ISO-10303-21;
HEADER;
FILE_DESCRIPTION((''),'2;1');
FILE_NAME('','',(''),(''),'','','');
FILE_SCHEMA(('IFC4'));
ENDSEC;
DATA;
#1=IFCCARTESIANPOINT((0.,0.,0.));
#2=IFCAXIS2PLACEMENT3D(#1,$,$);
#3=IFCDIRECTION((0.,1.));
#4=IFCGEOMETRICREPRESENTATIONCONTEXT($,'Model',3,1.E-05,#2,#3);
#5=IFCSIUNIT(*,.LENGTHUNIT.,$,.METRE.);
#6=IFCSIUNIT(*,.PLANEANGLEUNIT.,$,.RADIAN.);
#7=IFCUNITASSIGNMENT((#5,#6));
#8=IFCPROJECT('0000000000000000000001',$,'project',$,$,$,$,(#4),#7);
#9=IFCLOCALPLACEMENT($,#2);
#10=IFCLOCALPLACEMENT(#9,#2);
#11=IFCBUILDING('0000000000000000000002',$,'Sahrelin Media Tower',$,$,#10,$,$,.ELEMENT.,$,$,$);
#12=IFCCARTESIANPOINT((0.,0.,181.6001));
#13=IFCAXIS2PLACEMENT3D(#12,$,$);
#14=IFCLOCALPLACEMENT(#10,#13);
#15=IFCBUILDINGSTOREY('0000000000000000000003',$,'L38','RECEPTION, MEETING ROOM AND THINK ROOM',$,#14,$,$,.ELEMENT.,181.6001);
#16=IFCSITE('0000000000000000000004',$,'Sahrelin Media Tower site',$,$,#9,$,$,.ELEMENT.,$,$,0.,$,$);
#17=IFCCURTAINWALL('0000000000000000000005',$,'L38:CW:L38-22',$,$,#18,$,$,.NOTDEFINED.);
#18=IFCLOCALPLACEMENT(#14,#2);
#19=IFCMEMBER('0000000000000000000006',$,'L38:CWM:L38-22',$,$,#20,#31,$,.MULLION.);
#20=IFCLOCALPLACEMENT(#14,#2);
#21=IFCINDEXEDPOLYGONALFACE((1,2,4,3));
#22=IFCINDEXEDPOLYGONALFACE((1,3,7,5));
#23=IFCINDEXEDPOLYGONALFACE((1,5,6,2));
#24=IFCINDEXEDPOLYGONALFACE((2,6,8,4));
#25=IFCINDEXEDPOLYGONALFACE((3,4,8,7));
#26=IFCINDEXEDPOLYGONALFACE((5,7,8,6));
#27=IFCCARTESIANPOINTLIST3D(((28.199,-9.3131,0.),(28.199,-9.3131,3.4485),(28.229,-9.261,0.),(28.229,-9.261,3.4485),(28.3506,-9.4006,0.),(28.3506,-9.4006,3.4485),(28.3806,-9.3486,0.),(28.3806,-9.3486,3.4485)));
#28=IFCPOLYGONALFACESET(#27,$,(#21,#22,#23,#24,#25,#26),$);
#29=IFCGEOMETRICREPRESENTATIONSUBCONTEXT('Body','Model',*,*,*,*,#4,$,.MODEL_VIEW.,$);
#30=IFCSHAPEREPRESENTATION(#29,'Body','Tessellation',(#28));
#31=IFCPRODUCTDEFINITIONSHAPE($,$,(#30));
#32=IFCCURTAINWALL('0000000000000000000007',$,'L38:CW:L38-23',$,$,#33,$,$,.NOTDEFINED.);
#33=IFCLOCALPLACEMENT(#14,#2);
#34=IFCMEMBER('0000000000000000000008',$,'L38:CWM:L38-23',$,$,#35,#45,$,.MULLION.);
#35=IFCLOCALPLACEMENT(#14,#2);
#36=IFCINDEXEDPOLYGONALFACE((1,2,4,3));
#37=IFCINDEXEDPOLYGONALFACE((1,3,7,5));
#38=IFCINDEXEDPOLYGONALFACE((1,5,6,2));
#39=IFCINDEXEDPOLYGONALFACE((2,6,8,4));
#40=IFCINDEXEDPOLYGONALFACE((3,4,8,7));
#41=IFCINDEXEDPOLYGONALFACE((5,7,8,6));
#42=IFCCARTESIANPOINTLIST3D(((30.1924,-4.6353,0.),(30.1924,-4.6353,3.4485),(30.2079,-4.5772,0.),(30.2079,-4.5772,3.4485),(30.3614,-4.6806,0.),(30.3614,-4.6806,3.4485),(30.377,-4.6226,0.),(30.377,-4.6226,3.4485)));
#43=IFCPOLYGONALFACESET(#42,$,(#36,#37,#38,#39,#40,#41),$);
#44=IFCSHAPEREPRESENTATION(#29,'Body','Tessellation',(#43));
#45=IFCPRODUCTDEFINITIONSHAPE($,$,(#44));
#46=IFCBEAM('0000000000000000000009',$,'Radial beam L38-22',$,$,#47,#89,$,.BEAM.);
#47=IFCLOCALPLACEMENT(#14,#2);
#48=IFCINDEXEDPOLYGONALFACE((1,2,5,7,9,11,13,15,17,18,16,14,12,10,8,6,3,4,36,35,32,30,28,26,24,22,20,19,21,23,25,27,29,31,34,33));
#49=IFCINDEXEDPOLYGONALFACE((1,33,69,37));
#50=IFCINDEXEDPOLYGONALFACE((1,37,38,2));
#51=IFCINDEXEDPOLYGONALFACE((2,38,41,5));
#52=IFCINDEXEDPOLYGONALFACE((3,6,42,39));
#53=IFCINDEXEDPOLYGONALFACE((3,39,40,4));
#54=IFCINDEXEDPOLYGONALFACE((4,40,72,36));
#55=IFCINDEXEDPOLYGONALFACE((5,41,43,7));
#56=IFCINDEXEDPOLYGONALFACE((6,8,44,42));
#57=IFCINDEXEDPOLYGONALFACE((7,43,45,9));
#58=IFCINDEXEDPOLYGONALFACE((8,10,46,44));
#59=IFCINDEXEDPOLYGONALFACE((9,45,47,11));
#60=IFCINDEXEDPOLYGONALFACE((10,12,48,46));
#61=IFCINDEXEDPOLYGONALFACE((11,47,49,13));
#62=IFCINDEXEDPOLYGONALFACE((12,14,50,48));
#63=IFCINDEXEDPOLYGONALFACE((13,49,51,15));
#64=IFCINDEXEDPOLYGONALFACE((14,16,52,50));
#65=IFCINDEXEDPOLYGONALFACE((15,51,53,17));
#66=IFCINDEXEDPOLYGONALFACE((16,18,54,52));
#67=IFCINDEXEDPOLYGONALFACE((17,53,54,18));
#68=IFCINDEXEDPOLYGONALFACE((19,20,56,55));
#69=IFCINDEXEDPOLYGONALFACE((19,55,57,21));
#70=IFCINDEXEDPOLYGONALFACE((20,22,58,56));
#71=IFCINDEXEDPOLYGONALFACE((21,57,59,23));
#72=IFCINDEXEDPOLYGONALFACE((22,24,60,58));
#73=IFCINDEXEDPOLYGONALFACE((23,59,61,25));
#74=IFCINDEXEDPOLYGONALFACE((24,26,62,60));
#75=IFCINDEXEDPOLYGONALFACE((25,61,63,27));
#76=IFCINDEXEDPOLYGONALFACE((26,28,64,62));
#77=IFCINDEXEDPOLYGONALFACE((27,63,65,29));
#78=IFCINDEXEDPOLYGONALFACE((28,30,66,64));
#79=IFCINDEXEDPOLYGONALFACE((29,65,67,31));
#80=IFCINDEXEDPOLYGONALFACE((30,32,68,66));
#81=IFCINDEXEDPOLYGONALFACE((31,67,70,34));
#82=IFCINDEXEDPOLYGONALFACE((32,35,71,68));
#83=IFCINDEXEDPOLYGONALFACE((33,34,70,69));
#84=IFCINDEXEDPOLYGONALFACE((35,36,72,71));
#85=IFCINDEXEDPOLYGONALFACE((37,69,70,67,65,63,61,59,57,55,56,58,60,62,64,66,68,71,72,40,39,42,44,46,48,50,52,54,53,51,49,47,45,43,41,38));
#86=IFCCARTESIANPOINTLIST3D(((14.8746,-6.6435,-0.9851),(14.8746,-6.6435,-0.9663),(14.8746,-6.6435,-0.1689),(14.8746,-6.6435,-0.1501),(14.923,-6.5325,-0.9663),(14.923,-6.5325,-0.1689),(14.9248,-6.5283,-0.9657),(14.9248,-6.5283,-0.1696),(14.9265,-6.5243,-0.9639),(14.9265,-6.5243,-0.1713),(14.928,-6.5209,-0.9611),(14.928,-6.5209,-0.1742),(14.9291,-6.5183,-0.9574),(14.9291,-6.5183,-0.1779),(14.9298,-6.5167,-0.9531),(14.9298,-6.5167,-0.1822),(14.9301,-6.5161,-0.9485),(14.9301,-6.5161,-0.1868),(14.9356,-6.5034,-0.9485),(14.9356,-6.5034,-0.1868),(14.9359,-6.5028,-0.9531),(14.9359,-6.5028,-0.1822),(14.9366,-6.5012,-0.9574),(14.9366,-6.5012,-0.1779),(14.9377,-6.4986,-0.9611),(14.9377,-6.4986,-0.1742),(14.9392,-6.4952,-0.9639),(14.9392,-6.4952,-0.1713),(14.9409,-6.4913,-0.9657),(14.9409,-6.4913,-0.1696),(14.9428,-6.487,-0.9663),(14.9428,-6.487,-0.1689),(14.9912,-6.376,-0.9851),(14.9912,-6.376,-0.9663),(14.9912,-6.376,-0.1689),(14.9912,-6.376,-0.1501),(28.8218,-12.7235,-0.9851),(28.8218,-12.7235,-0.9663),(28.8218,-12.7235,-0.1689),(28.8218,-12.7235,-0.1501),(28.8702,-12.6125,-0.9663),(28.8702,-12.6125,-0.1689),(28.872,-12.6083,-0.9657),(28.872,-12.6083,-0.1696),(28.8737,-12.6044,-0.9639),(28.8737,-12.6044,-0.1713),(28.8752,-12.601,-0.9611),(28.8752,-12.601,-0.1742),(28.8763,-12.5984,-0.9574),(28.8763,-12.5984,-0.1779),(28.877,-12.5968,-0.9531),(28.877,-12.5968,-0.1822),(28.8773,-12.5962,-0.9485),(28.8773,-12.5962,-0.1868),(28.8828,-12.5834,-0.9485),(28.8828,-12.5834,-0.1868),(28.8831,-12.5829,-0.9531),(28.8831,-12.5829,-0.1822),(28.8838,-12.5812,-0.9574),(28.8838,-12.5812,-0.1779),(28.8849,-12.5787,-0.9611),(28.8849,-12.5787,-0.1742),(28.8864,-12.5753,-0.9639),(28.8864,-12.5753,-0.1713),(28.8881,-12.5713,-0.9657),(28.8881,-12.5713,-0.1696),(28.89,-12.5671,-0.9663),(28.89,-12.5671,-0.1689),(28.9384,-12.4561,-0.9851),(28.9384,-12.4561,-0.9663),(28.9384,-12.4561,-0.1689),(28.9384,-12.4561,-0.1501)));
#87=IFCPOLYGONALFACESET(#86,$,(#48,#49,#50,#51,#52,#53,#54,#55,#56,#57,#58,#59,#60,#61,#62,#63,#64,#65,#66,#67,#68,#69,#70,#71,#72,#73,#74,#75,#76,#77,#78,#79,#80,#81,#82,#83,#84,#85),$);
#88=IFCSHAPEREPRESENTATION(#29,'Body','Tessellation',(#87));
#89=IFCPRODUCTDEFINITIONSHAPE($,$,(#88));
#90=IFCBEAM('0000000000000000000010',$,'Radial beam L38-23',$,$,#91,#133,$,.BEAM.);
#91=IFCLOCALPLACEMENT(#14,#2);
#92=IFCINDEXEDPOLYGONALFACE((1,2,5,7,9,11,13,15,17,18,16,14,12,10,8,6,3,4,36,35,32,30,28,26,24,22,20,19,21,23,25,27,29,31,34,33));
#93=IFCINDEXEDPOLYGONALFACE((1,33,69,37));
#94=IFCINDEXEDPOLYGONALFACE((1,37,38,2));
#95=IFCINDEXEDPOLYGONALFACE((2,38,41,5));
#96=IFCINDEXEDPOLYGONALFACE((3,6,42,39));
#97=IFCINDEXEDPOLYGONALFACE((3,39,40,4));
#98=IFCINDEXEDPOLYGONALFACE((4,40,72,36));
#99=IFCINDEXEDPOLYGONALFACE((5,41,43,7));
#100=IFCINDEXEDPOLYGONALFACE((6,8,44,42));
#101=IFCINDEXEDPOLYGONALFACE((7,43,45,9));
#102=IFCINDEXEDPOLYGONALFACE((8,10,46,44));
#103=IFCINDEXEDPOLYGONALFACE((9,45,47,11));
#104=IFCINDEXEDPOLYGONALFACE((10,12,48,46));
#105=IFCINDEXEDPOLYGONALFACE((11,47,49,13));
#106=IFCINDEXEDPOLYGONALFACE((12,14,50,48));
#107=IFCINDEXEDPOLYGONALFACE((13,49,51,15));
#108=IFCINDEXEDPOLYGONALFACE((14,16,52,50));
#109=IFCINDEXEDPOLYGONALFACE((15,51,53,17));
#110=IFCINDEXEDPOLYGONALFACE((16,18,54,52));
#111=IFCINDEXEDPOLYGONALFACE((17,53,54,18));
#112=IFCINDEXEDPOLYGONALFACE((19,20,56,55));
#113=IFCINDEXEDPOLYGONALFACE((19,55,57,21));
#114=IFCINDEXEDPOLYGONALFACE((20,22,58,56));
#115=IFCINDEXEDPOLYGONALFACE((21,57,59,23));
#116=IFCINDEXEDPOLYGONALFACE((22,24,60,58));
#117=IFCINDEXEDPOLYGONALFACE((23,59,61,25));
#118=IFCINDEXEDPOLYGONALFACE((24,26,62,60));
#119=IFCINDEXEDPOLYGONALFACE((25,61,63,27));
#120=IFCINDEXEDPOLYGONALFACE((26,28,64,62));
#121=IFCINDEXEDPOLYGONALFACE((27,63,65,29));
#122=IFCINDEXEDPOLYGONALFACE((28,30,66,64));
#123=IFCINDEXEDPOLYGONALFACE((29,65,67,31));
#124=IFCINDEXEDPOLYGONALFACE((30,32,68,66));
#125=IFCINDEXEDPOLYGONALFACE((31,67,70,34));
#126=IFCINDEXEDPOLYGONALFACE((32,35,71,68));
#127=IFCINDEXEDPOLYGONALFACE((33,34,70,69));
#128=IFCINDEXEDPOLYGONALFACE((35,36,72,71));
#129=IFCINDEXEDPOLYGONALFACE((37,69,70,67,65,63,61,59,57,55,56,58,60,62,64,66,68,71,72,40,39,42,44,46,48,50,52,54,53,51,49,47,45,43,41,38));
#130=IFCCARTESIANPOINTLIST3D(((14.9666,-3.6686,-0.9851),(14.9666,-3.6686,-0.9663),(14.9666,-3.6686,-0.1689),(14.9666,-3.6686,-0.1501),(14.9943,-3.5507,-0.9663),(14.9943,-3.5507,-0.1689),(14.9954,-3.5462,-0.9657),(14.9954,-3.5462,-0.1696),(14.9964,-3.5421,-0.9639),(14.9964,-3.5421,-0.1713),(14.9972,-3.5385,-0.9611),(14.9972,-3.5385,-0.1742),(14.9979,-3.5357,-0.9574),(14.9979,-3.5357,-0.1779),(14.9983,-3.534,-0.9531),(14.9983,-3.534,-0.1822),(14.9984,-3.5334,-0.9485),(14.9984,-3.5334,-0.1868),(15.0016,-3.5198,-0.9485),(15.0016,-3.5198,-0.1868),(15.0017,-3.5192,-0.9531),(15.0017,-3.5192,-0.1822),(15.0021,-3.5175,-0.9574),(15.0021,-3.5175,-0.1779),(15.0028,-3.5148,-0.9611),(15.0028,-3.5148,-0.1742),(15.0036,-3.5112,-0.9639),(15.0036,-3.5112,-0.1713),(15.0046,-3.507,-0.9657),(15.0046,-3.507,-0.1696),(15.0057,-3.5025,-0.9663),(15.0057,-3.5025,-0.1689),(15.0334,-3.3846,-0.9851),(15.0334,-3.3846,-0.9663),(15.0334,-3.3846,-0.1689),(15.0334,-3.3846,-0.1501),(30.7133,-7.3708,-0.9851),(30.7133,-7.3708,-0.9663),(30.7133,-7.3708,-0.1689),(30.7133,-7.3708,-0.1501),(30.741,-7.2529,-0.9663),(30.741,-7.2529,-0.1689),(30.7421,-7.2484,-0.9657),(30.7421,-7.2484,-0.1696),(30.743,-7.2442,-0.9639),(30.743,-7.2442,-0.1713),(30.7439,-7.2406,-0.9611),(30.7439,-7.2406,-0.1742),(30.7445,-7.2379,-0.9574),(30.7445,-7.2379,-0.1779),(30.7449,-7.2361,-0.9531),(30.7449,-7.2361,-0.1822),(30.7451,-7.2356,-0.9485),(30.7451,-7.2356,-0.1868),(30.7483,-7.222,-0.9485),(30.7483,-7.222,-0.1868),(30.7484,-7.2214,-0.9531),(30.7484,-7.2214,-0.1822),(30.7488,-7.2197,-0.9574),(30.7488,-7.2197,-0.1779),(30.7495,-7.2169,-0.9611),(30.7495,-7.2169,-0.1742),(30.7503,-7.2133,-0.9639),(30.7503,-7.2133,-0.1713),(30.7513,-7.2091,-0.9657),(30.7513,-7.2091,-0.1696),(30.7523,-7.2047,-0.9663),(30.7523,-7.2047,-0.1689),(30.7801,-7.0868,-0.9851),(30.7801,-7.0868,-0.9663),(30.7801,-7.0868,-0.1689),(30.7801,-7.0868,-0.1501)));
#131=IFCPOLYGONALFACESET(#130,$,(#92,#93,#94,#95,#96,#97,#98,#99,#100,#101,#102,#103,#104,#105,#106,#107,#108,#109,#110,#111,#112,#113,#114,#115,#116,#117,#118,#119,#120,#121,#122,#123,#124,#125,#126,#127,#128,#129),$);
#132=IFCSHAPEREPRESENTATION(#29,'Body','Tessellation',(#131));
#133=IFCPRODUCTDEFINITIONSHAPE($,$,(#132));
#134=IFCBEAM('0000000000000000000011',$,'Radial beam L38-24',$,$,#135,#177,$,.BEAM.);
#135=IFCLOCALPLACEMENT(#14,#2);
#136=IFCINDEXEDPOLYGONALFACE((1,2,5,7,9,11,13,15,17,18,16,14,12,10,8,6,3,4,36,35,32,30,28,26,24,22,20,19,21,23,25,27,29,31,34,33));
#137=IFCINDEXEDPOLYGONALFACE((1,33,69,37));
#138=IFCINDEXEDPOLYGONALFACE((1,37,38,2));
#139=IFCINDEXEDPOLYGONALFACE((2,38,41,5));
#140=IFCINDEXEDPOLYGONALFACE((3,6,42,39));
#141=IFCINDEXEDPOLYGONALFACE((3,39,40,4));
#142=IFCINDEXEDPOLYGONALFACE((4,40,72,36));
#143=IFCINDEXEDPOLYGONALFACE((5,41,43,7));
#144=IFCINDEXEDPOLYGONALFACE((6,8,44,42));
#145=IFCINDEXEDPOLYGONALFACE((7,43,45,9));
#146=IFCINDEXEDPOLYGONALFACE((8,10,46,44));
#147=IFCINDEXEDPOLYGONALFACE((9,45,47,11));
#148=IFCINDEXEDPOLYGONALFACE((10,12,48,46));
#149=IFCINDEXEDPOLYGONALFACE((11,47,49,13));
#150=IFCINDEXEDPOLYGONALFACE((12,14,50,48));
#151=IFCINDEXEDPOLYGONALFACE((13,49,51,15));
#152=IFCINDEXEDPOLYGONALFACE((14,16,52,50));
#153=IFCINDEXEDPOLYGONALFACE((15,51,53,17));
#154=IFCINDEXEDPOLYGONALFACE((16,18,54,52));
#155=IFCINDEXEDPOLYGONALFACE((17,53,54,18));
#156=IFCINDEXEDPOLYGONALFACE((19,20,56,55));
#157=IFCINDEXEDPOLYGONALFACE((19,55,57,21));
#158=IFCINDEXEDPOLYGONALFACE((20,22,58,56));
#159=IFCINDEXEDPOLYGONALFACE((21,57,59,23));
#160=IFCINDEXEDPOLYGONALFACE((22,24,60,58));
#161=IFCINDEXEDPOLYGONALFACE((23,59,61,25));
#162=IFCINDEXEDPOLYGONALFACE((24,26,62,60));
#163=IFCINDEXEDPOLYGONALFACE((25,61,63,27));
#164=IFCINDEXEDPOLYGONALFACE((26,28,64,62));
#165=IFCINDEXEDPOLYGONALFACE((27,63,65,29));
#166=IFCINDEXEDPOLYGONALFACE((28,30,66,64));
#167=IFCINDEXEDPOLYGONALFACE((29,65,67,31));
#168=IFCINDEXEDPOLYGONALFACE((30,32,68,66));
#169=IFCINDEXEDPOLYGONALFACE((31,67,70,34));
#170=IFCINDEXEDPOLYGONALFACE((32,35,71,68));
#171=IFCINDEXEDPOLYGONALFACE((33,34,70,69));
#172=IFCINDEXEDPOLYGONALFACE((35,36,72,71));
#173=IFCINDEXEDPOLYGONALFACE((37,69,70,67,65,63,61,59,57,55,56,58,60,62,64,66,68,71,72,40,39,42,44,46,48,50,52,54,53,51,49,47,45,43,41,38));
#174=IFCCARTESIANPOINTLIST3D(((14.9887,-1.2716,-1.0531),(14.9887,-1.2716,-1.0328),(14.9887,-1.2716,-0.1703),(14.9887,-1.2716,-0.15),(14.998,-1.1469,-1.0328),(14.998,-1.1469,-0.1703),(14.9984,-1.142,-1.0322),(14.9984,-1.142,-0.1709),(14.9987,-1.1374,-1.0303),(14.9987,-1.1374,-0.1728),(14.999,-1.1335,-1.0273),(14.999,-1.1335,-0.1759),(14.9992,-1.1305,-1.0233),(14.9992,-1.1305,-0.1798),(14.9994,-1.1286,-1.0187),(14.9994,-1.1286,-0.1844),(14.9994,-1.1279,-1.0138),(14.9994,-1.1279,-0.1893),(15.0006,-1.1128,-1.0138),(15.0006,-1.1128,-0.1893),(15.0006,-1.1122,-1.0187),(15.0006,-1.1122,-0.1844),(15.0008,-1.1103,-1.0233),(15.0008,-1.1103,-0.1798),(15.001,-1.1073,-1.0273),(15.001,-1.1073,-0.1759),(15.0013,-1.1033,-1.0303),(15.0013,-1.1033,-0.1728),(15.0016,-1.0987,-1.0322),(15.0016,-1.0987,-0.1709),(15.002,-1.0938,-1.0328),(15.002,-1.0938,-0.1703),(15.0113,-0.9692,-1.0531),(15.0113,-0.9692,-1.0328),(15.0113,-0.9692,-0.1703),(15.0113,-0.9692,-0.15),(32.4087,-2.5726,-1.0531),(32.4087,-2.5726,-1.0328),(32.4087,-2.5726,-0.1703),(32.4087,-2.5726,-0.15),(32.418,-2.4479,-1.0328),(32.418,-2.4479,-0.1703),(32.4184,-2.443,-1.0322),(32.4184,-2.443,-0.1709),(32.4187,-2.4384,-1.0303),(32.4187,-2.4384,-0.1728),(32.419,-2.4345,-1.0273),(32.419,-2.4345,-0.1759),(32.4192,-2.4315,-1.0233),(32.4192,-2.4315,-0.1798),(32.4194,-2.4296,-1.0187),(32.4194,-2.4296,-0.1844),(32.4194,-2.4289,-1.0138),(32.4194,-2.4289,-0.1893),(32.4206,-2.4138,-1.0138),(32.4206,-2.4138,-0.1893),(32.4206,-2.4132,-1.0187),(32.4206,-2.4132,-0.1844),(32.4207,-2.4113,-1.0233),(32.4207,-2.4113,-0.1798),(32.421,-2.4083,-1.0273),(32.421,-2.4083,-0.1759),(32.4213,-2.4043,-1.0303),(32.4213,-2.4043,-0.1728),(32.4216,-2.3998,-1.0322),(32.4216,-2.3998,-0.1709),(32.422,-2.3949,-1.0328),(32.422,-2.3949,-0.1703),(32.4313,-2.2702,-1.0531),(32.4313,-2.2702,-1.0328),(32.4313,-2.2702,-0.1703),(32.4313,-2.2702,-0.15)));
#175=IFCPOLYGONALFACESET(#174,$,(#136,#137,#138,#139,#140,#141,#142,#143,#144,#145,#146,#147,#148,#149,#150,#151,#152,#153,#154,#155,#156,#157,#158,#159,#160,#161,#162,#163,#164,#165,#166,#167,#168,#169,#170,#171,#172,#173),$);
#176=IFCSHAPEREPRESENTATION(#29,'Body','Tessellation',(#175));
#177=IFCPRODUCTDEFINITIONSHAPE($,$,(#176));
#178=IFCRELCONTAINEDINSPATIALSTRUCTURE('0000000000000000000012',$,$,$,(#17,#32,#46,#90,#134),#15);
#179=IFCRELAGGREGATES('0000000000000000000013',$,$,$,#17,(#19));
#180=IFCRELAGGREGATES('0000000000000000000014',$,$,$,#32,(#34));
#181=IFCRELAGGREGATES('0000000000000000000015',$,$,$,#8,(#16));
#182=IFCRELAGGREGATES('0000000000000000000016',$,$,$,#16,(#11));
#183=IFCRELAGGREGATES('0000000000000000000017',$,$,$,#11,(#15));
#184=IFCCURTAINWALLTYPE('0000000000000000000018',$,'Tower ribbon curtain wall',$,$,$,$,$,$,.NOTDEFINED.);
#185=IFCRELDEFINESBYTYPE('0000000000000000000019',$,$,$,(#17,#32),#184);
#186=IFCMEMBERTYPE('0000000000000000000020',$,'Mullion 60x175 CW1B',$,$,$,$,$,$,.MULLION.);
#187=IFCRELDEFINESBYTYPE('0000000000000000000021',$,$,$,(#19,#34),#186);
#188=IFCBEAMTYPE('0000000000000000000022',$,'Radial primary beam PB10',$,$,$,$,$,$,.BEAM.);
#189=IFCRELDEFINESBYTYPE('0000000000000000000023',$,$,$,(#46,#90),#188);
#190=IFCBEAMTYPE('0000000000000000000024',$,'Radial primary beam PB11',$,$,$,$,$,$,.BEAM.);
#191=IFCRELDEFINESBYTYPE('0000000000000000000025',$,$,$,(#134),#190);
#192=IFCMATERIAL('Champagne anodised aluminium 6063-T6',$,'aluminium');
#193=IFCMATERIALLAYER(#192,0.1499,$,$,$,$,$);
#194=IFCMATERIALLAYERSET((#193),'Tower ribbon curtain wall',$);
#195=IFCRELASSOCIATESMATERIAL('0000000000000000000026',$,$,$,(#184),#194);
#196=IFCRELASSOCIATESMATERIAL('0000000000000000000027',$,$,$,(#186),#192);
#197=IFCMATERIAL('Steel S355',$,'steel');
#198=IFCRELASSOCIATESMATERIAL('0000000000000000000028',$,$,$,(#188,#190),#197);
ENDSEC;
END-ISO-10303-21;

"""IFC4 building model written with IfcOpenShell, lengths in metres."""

from ifc_helpers import new_model, si_unit, direction, frame, origin, origin_2d, place, context, subcontext, project, spatial, rectangle, i_section, extrude, material, layer, layer_set, material_profile, profile_set, type_object, element, aggregate, save


model = new_model("IFC4")

# Units and contexts
model_context = context("Model", 3, precision=1e-05, world=origin(), true_north=direction((0.0, 1.0)))
body_context = subcontext(model_context, "Body", "Model", "MODEL_VIEW")
ifc_project = project(units=[si_unit("LENGTHUNIT", "METRE"), si_unit("PLANEANGLEUNIT", "RADIAN")], contexts=[model_context])

# Site, building, storey
site_placement = place(None, origin())
site = spatial("IfcSite", under=ifc_project, at=site_placement, Name="Sahrelin Media Tower site", CompositionType="ELEMENT", RefElevation=0.0)
building_placement = place(site_placement, origin())
building = spatial("IfcBuilding", under=site, at=building_placement, Name="Sahrelin Media Tower", CompositionType="ELEMENT")
storey_placement = place(building_placement, frame((0.0, 0.0, 181.6001)))
storey = spatial("IfcBuildingStorey", under=building, at=storey_placement, Name="L38", Description="RECEPTION, MEETING ROOM AND THINK ROOM", CompositionType="ELEMENT", Elevation=181.6001)

# Shared definitions
ifc_material_1 = material(Name="Steel S355", Category="steel")

# Curtain walls, members
ifc_material_2 = material(Name="Champagne anodised aluminium 6063-T6", Category="aluminium")
ifc_layer_1 = layer(ifc_material_2, 0.1499)
ifc_layer_set_1 = layer_set([ifc_layer_1], Name="Tower ribbon curtain wall")
curtain_wall_type = type_object("IfcCurtainWallType", Name="Tower ribbon curtain wall", PredefinedType="NOTDEFINED", material=ifc_layer_set_1)
curtain_wall_1_placement = place(storey_placement, frame((28.3828, -9.3845, 0.0), z_axis=(0.0, 0.0, 1.0), x_axis=(1.0, 0.0, 0.0)))
curtain_wall_1 = element("IfcCurtainWall", 1, at=curtain_wall_1_placement, inside=storey, type_object=curtain_wall_type, Name="L38:CW:L38-22", PredefinedType="NOTDEFINED")
ifc_material_profile_1 = material_profile(ifc_material_2, rectangle(XDim=0.0601, YDim=0.175, at=origin_2d()), Name="Mullion 60x175")
ifc_profile_set_1 = profile_set([ifc_material_profile_1], Name="Champagne anodised aluminium 6063-T6")
member_type_1 = type_object("IfcMemberType", Name="Mullion 60x175 CW1B", PredefinedType="MULLION", material=ifc_profile_set_1)
member_1_placement = place(storey_placement, frame((28.2898, -9.3308, 0.0), z_axis=(0.0, 0.0, 1.0), x_axis=(0.5, 0.866025, 0.0)))
member_1 = element("IfcMember", 2, at=member_1_placement, type_object=member_type_1, Name="L38:CWM:L38-22", PredefinedType="MULLION", context=body_context, shape_type="SweptSolid", body=[
    extrude(rectangle(XDim=0.0601, YDim=0.175, at=origin_2d()), origin(), (0.0, 0.0, 1.0), 3.4485),
])
curtain_wall_2_placement = place(storey_placement, frame((30.3884, -4.657, 0.0), z_axis=(0.0, 0.0, 1.0), x_axis=(1.0, 0.0, 0.0)))
curtain_wall_2 = element("IfcCurtainWall", 3, at=curtain_wall_2_placement, inside=storey, type_object=curtain_wall_type, Name="L38:CW:L38-23", PredefinedType="NOTDEFINED")
member_2_placement = place(storey_placement, frame((30.2847, -4.6289, 0.0), z_axis=(0.0, 0.0, 1.0), x_axis=(0.258831, 0.965923, 0.0)))
member_2 = element("IfcMember", 4, at=member_2_placement, type_object=member_type_1, Name="L38:CWM:L38-23", PredefinedType="MULLION", context=body_context, shape_type="SweptSolid", body=[
    extrude(rectangle(XDim=0.0601, YDim=0.175, at=origin_2d()), origin(), (0.0, 0.0, 1.0), 3.4485),
])

# Beams
ifc_material_profile_2 = material_profile(ifc_material_1, i_section(OverallWidth=0.2917, OverallDepth=0.835, WebThickness=0.0139, FlangeThickness=0.0188, FilletRadius=0.0178, at=origin_2d()), Name="UB 838x292x176")
ifc_profile_set_2 = profile_set([ifc_material_profile_2], Name="Steel S355")
beam_type_1 = type_object("IfcBeamType", Name="Radial primary beam PB10", PredefinedType="BEAM", material=ifc_profile_set_2)
beam_1_placement = place(storey_placement, frame((14.9329, -6.5098, -0.5676), z_axis=(0.916684, -0.399613, 0.0), x_axis=(0.399613, 0.916684, 0.0)))
element("IfcBeam", 5, at=beam_1_placement, inside=storey, type_object=beam_type_1, Name="Radial beam L38-22", PredefinedType="BEAM", context=body_context, shape_type="SweptSolid", body=[
    extrude(i_section(OverallWidth=0.2917, OverallDepth=0.835, WebThickness=0.0139, FlangeThickness=0.0188, FilletRadius=0.0178, at=origin_2d()), origin(), (0.0, 0.0, 1.0), 15.2148),
])
beam_2_placement = place(storey_placement, frame((15.0, -3.5266, -0.5676), z_axis=(0.973458, -0.228868, 0.0), x_axis=(0.228868, 0.973458, 0.0)))
element("IfcBeam", 6, at=beam_2_placement, inside=storey, type_object=beam_type_1, Name="Radial beam L38-23", PredefinedType="BEAM", context=body_context, shape_type="SweptSolid", body=[
    extrude(i_section(OverallWidth=0.2917, OverallDepth=0.835, WebThickness=0.0139, FlangeThickness=0.0188, FilletRadius=0.0178, at=origin_2d()), origin(), (0.0, 0.0, 1.0), 16.176),
])
ifc_material_profile_3 = material_profile(ifc_material_1, i_section(OverallWidth=0.3032, OverallDepth=0.9031, WebThickness=0.0151, FlangeThickness=0.0203, FilletRadius=0.019, at=origin_2d()), Name="UB 914x305x201")
ifc_profile_set_3 = profile_set([ifc_material_profile_3], Name="Steel S355")
beam_type_2 = type_object("IfcBeamType", Name="Radial primary beam PB11", PredefinedType="BEAM", material=ifc_profile_set_3)
beam_3_placement = place(storey_placement, frame((15.0, -1.1204, -0.6016), z_axis=(0.997223, -0.074479, 0.0), x_axis=(0.074479, 0.997223, 0.0)))
element("IfcBeam", 7, at=beam_3_placement, inside=storey, type_object=beam_type_2, Name="Radial beam L38-24", PredefinedType="BEAM", context=body_context, shape_type="SweptSolid", body=[
    extrude(i_section(OverallWidth=0.3032, OverallDepth=0.9031, WebThickness=0.0151, FlangeThickness=0.0203, FilletRadius=0.019, at=origin_2d()), origin(), (0.0, 0.0, 1.0), 17.4685),
])

aggregate(curtain_wall_1, [member_1])
aggregate(curtain_wall_2, [member_2])

save(model, "model.ifc")
